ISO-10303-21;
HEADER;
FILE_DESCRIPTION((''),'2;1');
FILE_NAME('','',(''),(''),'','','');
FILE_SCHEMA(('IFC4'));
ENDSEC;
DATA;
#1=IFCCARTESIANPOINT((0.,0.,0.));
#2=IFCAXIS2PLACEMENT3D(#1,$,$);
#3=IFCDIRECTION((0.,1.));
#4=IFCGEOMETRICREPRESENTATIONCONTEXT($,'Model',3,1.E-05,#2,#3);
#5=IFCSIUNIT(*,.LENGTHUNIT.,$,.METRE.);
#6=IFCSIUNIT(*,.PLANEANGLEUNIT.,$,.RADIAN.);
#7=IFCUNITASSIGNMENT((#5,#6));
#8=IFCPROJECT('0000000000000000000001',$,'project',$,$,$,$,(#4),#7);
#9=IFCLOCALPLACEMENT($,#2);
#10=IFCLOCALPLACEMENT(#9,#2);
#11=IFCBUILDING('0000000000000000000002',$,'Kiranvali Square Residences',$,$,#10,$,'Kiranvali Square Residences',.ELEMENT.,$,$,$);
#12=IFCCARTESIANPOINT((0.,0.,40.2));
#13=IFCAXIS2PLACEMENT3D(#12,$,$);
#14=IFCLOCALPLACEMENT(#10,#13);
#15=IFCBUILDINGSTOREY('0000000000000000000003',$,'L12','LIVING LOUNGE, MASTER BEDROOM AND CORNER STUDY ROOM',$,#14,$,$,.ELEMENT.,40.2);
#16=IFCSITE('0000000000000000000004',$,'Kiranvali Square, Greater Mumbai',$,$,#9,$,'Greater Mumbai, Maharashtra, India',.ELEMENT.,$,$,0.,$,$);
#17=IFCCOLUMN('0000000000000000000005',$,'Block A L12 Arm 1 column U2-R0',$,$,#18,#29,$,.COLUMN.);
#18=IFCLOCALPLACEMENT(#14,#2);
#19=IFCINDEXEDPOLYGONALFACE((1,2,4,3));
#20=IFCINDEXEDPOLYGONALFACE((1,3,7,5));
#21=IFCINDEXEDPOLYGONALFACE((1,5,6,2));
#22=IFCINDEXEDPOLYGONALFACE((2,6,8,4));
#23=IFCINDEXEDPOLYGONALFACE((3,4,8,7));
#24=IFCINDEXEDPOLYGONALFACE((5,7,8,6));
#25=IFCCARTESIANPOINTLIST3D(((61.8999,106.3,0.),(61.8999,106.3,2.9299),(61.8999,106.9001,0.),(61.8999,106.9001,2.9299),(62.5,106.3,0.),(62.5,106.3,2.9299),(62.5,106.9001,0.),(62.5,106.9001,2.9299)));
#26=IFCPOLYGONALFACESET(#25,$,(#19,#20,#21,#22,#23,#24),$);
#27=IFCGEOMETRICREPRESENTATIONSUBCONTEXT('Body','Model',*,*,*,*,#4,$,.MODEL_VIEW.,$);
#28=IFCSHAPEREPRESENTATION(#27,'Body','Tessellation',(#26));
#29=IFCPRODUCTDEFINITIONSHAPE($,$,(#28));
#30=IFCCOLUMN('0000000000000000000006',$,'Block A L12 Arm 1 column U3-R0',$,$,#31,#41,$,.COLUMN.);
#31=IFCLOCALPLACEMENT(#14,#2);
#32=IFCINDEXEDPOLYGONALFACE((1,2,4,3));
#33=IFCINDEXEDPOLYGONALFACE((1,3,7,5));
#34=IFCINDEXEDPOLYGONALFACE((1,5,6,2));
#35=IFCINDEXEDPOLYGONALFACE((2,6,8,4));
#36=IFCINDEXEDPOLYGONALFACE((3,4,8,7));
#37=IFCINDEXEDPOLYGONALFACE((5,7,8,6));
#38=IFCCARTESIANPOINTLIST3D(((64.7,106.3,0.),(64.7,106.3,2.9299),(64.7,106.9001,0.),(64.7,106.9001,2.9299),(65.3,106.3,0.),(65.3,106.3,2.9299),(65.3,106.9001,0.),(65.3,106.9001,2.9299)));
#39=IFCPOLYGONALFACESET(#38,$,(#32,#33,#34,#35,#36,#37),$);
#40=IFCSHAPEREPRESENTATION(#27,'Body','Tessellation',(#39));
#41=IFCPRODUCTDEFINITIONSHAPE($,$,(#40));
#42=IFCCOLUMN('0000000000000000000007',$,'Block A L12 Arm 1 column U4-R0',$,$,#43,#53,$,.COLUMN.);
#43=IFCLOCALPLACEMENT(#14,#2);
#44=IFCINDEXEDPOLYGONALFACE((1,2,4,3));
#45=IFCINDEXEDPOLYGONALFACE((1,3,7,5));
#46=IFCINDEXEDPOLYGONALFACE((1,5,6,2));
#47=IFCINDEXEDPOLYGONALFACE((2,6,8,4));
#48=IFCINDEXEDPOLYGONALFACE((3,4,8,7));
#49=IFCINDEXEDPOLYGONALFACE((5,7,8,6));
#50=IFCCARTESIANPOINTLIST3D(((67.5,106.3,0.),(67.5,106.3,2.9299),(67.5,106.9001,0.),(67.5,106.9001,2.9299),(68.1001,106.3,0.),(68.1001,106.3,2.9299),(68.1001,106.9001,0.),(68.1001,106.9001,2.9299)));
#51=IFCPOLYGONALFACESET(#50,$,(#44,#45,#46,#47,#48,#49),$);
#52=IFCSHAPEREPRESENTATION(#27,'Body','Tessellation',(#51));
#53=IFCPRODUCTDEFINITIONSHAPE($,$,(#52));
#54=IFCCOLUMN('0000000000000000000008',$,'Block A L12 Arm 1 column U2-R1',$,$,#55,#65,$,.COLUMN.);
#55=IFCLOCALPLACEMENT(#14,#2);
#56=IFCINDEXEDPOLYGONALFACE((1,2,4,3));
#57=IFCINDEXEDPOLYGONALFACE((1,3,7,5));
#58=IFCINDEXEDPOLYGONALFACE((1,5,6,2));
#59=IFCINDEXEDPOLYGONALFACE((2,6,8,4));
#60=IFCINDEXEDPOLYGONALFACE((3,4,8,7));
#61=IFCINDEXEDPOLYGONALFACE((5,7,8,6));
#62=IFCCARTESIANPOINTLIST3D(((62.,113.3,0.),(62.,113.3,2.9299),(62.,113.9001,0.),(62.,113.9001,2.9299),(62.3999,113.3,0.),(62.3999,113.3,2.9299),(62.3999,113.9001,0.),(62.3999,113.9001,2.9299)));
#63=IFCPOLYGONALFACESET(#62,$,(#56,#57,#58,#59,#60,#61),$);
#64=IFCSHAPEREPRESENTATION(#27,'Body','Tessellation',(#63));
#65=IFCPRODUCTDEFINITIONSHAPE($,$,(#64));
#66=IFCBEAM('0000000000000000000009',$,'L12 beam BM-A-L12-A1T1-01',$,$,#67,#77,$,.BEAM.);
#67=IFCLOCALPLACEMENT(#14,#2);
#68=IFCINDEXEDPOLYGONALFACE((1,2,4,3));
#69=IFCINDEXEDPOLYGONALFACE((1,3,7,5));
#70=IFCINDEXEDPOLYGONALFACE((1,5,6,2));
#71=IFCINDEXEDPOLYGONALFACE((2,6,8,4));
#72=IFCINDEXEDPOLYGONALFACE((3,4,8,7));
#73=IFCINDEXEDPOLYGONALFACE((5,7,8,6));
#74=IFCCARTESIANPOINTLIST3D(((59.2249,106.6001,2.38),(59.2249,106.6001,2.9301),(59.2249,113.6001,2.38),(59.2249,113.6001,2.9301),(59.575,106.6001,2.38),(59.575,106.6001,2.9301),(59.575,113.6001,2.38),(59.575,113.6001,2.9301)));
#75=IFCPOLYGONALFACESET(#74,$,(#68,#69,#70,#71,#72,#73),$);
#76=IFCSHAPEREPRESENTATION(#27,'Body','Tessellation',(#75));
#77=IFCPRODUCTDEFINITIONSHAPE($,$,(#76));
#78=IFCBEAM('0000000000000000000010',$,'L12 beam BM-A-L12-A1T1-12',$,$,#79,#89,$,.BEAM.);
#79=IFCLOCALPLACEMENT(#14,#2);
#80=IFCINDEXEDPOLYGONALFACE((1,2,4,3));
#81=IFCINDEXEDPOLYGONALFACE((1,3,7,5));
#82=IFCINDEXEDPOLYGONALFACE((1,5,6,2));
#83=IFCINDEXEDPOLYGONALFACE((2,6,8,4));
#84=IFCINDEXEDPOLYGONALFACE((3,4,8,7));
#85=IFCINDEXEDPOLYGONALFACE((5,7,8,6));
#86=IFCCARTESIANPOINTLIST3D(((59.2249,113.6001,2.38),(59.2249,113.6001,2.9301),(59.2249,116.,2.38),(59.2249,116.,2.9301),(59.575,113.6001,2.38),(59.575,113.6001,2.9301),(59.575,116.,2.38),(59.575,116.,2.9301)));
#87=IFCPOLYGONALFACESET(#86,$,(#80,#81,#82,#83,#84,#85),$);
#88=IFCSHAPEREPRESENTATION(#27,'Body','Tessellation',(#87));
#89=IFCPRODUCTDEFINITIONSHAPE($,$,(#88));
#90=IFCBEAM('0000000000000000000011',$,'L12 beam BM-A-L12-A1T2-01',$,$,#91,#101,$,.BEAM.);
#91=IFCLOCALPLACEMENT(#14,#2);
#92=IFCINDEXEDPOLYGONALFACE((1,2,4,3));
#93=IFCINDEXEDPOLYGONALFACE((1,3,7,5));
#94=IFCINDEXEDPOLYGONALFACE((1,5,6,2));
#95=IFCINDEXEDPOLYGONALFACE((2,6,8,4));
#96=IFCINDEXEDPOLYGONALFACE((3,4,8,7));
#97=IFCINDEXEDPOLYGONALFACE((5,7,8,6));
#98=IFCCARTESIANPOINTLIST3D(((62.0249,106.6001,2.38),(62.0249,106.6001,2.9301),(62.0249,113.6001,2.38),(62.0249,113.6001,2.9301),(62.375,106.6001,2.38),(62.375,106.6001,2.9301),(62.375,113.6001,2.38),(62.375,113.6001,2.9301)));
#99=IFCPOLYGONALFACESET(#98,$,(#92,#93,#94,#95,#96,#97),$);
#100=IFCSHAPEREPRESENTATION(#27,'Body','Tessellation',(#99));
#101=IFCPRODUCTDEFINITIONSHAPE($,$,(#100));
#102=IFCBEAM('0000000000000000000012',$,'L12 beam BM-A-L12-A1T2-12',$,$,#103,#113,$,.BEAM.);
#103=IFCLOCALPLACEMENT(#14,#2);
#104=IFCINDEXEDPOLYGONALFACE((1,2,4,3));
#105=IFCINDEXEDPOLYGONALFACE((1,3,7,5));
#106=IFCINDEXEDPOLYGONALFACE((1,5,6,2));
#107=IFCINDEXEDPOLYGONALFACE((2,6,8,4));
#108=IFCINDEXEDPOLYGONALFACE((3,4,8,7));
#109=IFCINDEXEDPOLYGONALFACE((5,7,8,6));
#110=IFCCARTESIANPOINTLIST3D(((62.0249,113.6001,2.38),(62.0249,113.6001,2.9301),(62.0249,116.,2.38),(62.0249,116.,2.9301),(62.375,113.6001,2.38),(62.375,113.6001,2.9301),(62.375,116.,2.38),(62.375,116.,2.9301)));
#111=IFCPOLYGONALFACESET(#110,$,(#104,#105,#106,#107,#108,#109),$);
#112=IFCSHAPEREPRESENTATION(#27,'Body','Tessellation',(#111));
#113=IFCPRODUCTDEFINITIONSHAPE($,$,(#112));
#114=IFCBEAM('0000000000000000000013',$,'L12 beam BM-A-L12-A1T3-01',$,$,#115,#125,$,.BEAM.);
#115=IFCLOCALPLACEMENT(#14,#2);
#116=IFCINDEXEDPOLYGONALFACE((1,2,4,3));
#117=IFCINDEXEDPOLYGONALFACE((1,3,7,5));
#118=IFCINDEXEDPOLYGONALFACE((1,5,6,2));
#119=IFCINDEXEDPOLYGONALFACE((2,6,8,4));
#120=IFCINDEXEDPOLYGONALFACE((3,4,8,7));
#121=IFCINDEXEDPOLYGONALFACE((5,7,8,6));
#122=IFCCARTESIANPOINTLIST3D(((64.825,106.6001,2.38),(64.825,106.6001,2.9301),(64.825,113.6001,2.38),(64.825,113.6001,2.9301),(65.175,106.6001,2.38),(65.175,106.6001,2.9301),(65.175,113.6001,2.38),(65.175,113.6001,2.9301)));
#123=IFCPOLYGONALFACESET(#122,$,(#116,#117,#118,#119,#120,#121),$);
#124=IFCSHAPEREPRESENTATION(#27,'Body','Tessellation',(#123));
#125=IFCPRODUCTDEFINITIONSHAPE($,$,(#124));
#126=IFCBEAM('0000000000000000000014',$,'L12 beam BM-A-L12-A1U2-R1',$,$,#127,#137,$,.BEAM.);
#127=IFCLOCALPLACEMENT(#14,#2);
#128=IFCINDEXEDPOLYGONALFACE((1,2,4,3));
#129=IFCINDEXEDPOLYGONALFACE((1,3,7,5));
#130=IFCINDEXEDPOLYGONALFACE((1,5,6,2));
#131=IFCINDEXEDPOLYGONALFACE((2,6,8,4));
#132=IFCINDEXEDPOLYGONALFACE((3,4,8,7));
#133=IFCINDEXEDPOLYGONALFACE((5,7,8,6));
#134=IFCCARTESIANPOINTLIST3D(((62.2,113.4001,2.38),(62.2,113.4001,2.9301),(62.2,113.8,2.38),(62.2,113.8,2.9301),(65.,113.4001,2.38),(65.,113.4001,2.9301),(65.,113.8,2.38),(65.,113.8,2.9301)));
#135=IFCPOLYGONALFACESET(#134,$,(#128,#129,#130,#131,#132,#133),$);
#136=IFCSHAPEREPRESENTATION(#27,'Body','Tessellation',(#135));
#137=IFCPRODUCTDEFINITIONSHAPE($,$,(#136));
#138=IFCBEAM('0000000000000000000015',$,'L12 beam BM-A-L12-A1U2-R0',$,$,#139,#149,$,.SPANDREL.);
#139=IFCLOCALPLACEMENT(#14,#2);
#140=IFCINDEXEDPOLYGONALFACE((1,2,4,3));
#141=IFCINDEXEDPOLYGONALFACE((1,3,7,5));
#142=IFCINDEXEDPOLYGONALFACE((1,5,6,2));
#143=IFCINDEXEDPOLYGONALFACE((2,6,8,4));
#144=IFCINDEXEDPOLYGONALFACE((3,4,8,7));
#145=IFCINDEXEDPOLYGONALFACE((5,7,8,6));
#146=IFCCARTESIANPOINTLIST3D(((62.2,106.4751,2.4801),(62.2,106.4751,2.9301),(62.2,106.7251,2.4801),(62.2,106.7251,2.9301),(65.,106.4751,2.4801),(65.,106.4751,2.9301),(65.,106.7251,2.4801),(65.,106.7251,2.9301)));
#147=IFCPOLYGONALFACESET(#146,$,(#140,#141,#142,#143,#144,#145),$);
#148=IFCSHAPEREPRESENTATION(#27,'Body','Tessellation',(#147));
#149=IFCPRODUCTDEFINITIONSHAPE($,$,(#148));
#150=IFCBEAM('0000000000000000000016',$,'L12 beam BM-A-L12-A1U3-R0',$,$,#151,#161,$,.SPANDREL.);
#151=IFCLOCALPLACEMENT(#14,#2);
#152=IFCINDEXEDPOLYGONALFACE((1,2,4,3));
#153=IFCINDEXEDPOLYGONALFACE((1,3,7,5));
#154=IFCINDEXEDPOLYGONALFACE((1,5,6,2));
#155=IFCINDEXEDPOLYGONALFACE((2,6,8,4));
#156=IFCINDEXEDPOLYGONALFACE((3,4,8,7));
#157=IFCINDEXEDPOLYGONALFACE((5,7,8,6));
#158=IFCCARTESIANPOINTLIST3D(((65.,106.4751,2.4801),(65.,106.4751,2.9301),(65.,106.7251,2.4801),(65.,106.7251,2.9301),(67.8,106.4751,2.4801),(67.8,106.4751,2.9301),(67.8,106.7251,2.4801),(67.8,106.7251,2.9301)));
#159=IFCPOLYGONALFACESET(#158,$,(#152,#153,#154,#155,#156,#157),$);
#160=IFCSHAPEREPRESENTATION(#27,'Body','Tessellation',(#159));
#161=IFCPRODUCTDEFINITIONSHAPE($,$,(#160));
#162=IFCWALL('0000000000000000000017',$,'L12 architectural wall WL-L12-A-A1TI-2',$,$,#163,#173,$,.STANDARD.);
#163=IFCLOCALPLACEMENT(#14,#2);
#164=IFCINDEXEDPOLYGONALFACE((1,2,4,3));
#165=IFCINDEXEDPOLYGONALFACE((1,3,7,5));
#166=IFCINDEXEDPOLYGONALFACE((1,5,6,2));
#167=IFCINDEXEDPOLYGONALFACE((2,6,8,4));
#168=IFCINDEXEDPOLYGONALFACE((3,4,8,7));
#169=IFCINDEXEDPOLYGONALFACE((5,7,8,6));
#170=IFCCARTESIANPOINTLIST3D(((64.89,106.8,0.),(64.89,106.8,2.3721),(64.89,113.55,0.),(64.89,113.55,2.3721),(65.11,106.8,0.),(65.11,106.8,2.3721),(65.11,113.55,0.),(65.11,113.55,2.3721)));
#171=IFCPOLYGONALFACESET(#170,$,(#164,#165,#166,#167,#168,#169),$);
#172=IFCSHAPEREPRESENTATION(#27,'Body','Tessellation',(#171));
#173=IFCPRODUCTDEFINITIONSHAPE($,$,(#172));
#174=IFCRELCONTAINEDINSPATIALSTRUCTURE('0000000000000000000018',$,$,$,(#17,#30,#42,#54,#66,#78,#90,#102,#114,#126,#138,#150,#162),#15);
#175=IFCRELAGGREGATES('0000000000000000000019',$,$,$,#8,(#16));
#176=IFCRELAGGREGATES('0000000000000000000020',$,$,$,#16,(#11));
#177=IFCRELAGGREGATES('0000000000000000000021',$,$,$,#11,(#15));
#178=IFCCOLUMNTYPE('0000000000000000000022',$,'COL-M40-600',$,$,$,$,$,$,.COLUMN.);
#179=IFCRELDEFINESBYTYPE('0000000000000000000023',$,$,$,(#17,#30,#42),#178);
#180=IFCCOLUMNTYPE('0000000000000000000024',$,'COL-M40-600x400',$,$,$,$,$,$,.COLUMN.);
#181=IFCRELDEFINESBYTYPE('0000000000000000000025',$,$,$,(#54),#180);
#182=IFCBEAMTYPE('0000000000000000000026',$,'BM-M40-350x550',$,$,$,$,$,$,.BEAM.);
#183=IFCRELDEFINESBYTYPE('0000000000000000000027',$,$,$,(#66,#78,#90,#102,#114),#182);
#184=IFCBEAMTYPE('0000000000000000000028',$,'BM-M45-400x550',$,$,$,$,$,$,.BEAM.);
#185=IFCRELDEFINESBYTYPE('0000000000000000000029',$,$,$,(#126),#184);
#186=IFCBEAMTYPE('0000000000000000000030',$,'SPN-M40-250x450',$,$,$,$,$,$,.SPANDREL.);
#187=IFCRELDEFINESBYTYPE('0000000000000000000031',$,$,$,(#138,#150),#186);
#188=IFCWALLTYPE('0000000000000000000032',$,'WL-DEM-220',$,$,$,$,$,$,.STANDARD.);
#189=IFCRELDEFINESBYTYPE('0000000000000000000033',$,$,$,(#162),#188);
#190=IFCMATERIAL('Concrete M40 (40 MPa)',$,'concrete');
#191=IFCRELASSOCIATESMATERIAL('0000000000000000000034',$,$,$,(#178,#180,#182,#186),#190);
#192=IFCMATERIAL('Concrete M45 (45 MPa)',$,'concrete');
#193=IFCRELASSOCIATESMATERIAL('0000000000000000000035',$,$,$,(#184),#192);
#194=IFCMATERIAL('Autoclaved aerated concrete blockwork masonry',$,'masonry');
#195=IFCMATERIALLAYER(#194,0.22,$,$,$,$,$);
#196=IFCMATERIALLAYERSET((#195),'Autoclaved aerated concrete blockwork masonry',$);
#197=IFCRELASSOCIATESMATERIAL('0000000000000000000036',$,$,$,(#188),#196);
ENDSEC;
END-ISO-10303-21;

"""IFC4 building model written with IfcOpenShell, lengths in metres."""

from ifc_helpers import new_model, si_unit, direction, frame, frame_2d, origin, origin_2d, place, context, subcontext, project, spatial, rectangle, extrude, material, layer, layer_set, material_profile, profile_set, type_object, element, save


model = new_model("IFC4")

# Units and contexts
model_context = context("Model", 3, precision=1e-05, world=origin(), true_north=direction((0.0, 1.0)))
body_context = subcontext(model_context, "Body", "Model", "MODEL_VIEW")
ifc_project = project(units=[si_unit("LENGTHUNIT", "METRE"), si_unit("PLANEANGLEUNIT", "RADIAN")], contexts=[model_context])

# Site, building, storey
site_placement = place(None, origin())
site = spatial("IfcSite", under=ifc_project, at=site_placement, Name="Kiranvali Square, Greater Mumbai", LongName="Greater Mumbai, Maharashtra, India", CompositionType="ELEMENT", RefElevation=0.0)
building_placement = place(site_placement, origin())
building = spatial("IfcBuilding", under=site, at=building_placement, Name="Kiranvali Square Residences", LongName="Kiranvali Square Residences", CompositionType="ELEMENT")
storey_placement = place(building_placement, frame((0.0, 0.0, 40.2)))
storey = spatial("IfcBuildingStorey", under=building, at=storey_placement, Name="L12", Description="LIVING LOUNGE, MASTER BEDROOM AND CORNER STUDY ROOM", CompositionType="ELEMENT", Elevation=40.2)

# Columns
ifc_material_1 = material(Name="Concrete M40 (40 MPa)", Category="concrete")
ifc_material_profile_1 = material_profile(ifc_material_1, rectangle(XDim=0.6001, YDim=0.6001, at=origin_2d()), Name="RC 600x600")
ifc_profile_set_1 = profile_set([ifc_material_profile_1], Name="Concrete M40 (40 MPa)")
column_type_1 = type_object("IfcColumnType", Name="COL-M40-600", PredefinedType="COLUMN", material=ifc_profile_set_1)
for number, where, z_axis, x_axis, name in (
    (1, (62.2, 106.6001, 0.0), (0.0, 0.0, 1.0), (1.0, 0.0, 0.0), "Block A L12 Arm 1 column U2-R0"),
    (2, (65.0, 106.6001, 0.0), (0.0, 0.0, 1.0), (1.0, 0.0, 0.0), "Block A L12 Arm 1 column U3-R0"),
    (3, (67.8, 106.6001, 0.0), (0.0, 0.0, 1.0), (1.0, 0.0, 0.0), "Block A L12 Arm 1 column U4-R0"),
):
    element("IfcColumn", number, at=place(storey_placement, frame(where, z_axis=z_axis, x_axis=x_axis)), inside=storey, type_object=column_type_1, Name=name, PredefinedType="COLUMN", context=body_context, shape_type="SweptSolid", body=[
        extrude(rectangle(XDim=0.6001, YDim=0.6001, at=origin_2d()), origin(), (0.0, 0.0, 1.0), 2.9299),
    ])
ifc_material_profile_2 = material_profile(ifc_material_1, rectangle(XDim=0.3999, YDim=0.6001, at=origin_2d()), Name="RC 600x400")
ifc_profile_set_2 = profile_set([ifc_material_profile_2], Name="Concrete M40 (40 MPa)")
column_type_2 = type_object("IfcColumnType", Name="COL-M40-600x400", PredefinedType="COLUMN", material=ifc_profile_set_2)
column_placement = place(storey_placement, frame((62.2, 113.6001, 0.0), z_axis=(0.0, 0.0, 1.0), x_axis=(1.0, 0.0, 0.0)))
element("IfcColumn", 4, at=column_placement, inside=storey, type_object=column_type_2, Name="Block A L12 Arm 1 column U2-R1", PredefinedType="COLUMN", context=body_context, shape_type="SweptSolid", body=[
    extrude(rectangle(XDim=0.3999, YDim=0.6001, at=origin_2d()), origin(), (0.0, 0.0, 1.0), 2.9299),
])

# Beams
ifc_material_profile_3 = material_profile(ifc_material_1, rectangle(XDim=0.3501, YDim=0.55, at=origin_2d()), Name="RC 350x550")
ifc_profile_set_3 = profile_set([ifc_material_profile_3], Name="Concrete M40 (40 MPa)")
beam_type_1 = type_object("IfcBeamType", Name="BM-M40-350x550", PredefinedType="BEAM", material=ifc_profile_set_3)
beam_1_placement = place(storey_placement, frame((59.3999, 106.6001, 2.655), z_axis=(0.0, 1.0, 0.0), x_axis=(-1.0, 0.0, 0.0)))
element("IfcBeam", 5, at=beam_1_placement, inside=storey, type_object=beam_type_1, Name="L12 beam BM-A-L12-A1T1-01", PredefinedType="BEAM", context=body_context, shape_type="SweptSolid", body=[
    extrude(rectangle(XDim=0.3501, YDim=0.55, at=origin_2d()), origin(), (0.0, 0.0, 1.0), 7.0),
])
beam_2_placement = place(storey_placement, frame((59.3999, 113.6001, 2.655), z_axis=(0.0, 1.0, 0.0), x_axis=(-1.0, 0.0, 0.0)))
element("IfcBeam", 6, at=beam_2_placement, inside=storey, type_object=beam_type_1, Name="L12 beam BM-A-L12-A1T1-12", PredefinedType="BEAM", context=body_context, shape_type="SweptSolid", body=[
    extrude(rectangle(XDim=0.3501, YDim=0.55, at=origin_2d()), origin(), (0.0, 0.0, 1.0), 2.3999),
])
beam_3_placement = place(storey_placement, frame((62.2, 106.6001, 2.655), z_axis=(0.0, 1.0, 0.0), x_axis=(-1.0, 0.0, 0.0)))
element("IfcBeam", 7, at=beam_3_placement, inside=storey, type_object=beam_type_1, Name="L12 beam BM-A-L12-A1T2-01", PredefinedType="BEAM", context=body_context, shape_type="SweptSolid", body=[
    extrude(rectangle(XDim=0.3501, YDim=0.55, at=origin_2d()), origin(), (0.0, 0.0, 1.0), 7.0),
])
beam_4_placement = place(storey_placement, frame((62.2, 113.6001, 2.655), z_axis=(0.0, 1.0, 0.0), x_axis=(-1.0, 0.0, 0.0)))
element("IfcBeam", 8, at=beam_4_placement, inside=storey, type_object=beam_type_1, Name="L12 beam BM-A-L12-A1T2-12", PredefinedType="BEAM", context=body_context, shape_type="SweptSolid", body=[
    extrude(rectangle(XDim=0.3501, YDim=0.55, at=origin_2d()), origin(), (0.0, 0.0, 1.0), 2.3999),
])
beam_5_placement = place(storey_placement, frame((65.0, 106.6001, 2.655), z_axis=(0.0, 1.0, 0.0), x_axis=(-1.0, 0.0, 0.0)))
element("IfcBeam", 9, at=beam_5_placement, inside=storey, type_object=beam_type_1, Name="L12 beam BM-A-L12-A1T3-01", PredefinedType="BEAM", context=body_context, shape_type="SweptSolid", body=[
    extrude(rectangle(XDim=0.3501, YDim=0.55, at=origin_2d()), origin(), (0.0, 0.0, 1.0), 7.0),
])
ifc_material_2 = material(Name="Concrete M45 (45 MPa)", Category="concrete")
ifc_material_profile_4 = material_profile(ifc_material_2, rectangle(XDim=0.3999, YDim=0.55, at=origin_2d()), Name="RC 400x550")
ifc_profile_set_4 = profile_set([ifc_material_profile_4], Name="Concrete M45 (45 MPa)")
beam_type_2 = type_object("IfcBeamType", Name="BM-M45-400x550", PredefinedType="BEAM", material=ifc_profile_set_4)
beam_6_placement = place(storey_placement, frame((62.2, 113.6001, 2.655), z_axis=(1.0, 0.0, 0.0), x_axis=(0.0, 1.0, 0.0)))
element("IfcBeam", 10, at=beam_6_placement, inside=storey, type_object=beam_type_2, Name="L12 beam BM-A-L12-A1U2-R1", PredefinedType="BEAM", context=body_context, shape_type="SweptSolid", body=[
    extrude(rectangle(XDim=0.3999, YDim=0.55, at=origin_2d()), origin(), (0.0, 0.0, 1.0), 2.8),
])
ifc_material_profile_5 = material_profile(ifc_material_1, rectangle(XDim=0.25, YDim=0.45, at=origin_2d()), Name="RC 250x450")
ifc_profile_set_5 = profile_set([ifc_material_profile_5], Name="Concrete M40 (40 MPa)")
beam_type_3 = type_object("IfcBeamType", Name="SPN-M40-250x450", PredefinedType="SPANDREL", material=ifc_profile_set_5)
for number, where, z_axis, x_axis, name in (
    (11, (62.2, 106.6001, 2.7051), (1.0, 0.0, 0.0), (0.0, 1.0, 0.0), "L12 beam BM-A-L12-A1U2-R0"),
    (12, (65.0, 106.6001, 2.7051), (1.0, 0.0, 0.0), (0.0, 1.0, 0.0), "L12 beam BM-A-L12-A1U3-R0"),
):
    element("IfcBeam", number, at=place(storey_placement, frame(where, z_axis=z_axis, x_axis=x_axis)), inside=storey, type_object=beam_type_3, Name=name, PredefinedType="SPANDREL", context=body_context, shape_type="SweptSolid", body=[
        extrude(rectangle(XDim=0.25, YDim=0.45, at=origin_2d()), origin(), (0.0, 0.0, 1.0), 2.8),
    ])

# Shared definitions
ifc_material_3 = material(Name="Autoclaved aerated concrete blockwork masonry", Category="masonry")

# Wall
ifc_layer_1 = layer(ifc_material_3, 0.22)
ifc_layer_set_1 = layer_set([ifc_layer_1], Name="Autoclaved aerated concrete blockwork masonry")
wall_type_1 = type_object("IfcWallType", Name="WL-DEM-220", PredefinedType="STANDARD", material=ifc_layer_set_1)
wall_1_placement = place(storey_placement, frame((65.0, 106.8, 0.0), z_axis=(0.0, 0.0, 1.0), x_axis=(0.0, 1.0, 0.0)))
element("IfcWall", 13, at=wall_1_placement, inside=storey, type_object=wall_type_1, Name="L12 architectural wall WL-L12-A-A1TI-2", PredefinedType="STANDARD", context=body_context, shape_type="SweptSolid", body=[
    extrude(rectangle(XDim=6.75, YDim=0.22, at=frame_2d((3.375, 0.0))), origin(), (0.0, 0.0, 1.0), 2.3721),
])

save(model, "model.ifc")
